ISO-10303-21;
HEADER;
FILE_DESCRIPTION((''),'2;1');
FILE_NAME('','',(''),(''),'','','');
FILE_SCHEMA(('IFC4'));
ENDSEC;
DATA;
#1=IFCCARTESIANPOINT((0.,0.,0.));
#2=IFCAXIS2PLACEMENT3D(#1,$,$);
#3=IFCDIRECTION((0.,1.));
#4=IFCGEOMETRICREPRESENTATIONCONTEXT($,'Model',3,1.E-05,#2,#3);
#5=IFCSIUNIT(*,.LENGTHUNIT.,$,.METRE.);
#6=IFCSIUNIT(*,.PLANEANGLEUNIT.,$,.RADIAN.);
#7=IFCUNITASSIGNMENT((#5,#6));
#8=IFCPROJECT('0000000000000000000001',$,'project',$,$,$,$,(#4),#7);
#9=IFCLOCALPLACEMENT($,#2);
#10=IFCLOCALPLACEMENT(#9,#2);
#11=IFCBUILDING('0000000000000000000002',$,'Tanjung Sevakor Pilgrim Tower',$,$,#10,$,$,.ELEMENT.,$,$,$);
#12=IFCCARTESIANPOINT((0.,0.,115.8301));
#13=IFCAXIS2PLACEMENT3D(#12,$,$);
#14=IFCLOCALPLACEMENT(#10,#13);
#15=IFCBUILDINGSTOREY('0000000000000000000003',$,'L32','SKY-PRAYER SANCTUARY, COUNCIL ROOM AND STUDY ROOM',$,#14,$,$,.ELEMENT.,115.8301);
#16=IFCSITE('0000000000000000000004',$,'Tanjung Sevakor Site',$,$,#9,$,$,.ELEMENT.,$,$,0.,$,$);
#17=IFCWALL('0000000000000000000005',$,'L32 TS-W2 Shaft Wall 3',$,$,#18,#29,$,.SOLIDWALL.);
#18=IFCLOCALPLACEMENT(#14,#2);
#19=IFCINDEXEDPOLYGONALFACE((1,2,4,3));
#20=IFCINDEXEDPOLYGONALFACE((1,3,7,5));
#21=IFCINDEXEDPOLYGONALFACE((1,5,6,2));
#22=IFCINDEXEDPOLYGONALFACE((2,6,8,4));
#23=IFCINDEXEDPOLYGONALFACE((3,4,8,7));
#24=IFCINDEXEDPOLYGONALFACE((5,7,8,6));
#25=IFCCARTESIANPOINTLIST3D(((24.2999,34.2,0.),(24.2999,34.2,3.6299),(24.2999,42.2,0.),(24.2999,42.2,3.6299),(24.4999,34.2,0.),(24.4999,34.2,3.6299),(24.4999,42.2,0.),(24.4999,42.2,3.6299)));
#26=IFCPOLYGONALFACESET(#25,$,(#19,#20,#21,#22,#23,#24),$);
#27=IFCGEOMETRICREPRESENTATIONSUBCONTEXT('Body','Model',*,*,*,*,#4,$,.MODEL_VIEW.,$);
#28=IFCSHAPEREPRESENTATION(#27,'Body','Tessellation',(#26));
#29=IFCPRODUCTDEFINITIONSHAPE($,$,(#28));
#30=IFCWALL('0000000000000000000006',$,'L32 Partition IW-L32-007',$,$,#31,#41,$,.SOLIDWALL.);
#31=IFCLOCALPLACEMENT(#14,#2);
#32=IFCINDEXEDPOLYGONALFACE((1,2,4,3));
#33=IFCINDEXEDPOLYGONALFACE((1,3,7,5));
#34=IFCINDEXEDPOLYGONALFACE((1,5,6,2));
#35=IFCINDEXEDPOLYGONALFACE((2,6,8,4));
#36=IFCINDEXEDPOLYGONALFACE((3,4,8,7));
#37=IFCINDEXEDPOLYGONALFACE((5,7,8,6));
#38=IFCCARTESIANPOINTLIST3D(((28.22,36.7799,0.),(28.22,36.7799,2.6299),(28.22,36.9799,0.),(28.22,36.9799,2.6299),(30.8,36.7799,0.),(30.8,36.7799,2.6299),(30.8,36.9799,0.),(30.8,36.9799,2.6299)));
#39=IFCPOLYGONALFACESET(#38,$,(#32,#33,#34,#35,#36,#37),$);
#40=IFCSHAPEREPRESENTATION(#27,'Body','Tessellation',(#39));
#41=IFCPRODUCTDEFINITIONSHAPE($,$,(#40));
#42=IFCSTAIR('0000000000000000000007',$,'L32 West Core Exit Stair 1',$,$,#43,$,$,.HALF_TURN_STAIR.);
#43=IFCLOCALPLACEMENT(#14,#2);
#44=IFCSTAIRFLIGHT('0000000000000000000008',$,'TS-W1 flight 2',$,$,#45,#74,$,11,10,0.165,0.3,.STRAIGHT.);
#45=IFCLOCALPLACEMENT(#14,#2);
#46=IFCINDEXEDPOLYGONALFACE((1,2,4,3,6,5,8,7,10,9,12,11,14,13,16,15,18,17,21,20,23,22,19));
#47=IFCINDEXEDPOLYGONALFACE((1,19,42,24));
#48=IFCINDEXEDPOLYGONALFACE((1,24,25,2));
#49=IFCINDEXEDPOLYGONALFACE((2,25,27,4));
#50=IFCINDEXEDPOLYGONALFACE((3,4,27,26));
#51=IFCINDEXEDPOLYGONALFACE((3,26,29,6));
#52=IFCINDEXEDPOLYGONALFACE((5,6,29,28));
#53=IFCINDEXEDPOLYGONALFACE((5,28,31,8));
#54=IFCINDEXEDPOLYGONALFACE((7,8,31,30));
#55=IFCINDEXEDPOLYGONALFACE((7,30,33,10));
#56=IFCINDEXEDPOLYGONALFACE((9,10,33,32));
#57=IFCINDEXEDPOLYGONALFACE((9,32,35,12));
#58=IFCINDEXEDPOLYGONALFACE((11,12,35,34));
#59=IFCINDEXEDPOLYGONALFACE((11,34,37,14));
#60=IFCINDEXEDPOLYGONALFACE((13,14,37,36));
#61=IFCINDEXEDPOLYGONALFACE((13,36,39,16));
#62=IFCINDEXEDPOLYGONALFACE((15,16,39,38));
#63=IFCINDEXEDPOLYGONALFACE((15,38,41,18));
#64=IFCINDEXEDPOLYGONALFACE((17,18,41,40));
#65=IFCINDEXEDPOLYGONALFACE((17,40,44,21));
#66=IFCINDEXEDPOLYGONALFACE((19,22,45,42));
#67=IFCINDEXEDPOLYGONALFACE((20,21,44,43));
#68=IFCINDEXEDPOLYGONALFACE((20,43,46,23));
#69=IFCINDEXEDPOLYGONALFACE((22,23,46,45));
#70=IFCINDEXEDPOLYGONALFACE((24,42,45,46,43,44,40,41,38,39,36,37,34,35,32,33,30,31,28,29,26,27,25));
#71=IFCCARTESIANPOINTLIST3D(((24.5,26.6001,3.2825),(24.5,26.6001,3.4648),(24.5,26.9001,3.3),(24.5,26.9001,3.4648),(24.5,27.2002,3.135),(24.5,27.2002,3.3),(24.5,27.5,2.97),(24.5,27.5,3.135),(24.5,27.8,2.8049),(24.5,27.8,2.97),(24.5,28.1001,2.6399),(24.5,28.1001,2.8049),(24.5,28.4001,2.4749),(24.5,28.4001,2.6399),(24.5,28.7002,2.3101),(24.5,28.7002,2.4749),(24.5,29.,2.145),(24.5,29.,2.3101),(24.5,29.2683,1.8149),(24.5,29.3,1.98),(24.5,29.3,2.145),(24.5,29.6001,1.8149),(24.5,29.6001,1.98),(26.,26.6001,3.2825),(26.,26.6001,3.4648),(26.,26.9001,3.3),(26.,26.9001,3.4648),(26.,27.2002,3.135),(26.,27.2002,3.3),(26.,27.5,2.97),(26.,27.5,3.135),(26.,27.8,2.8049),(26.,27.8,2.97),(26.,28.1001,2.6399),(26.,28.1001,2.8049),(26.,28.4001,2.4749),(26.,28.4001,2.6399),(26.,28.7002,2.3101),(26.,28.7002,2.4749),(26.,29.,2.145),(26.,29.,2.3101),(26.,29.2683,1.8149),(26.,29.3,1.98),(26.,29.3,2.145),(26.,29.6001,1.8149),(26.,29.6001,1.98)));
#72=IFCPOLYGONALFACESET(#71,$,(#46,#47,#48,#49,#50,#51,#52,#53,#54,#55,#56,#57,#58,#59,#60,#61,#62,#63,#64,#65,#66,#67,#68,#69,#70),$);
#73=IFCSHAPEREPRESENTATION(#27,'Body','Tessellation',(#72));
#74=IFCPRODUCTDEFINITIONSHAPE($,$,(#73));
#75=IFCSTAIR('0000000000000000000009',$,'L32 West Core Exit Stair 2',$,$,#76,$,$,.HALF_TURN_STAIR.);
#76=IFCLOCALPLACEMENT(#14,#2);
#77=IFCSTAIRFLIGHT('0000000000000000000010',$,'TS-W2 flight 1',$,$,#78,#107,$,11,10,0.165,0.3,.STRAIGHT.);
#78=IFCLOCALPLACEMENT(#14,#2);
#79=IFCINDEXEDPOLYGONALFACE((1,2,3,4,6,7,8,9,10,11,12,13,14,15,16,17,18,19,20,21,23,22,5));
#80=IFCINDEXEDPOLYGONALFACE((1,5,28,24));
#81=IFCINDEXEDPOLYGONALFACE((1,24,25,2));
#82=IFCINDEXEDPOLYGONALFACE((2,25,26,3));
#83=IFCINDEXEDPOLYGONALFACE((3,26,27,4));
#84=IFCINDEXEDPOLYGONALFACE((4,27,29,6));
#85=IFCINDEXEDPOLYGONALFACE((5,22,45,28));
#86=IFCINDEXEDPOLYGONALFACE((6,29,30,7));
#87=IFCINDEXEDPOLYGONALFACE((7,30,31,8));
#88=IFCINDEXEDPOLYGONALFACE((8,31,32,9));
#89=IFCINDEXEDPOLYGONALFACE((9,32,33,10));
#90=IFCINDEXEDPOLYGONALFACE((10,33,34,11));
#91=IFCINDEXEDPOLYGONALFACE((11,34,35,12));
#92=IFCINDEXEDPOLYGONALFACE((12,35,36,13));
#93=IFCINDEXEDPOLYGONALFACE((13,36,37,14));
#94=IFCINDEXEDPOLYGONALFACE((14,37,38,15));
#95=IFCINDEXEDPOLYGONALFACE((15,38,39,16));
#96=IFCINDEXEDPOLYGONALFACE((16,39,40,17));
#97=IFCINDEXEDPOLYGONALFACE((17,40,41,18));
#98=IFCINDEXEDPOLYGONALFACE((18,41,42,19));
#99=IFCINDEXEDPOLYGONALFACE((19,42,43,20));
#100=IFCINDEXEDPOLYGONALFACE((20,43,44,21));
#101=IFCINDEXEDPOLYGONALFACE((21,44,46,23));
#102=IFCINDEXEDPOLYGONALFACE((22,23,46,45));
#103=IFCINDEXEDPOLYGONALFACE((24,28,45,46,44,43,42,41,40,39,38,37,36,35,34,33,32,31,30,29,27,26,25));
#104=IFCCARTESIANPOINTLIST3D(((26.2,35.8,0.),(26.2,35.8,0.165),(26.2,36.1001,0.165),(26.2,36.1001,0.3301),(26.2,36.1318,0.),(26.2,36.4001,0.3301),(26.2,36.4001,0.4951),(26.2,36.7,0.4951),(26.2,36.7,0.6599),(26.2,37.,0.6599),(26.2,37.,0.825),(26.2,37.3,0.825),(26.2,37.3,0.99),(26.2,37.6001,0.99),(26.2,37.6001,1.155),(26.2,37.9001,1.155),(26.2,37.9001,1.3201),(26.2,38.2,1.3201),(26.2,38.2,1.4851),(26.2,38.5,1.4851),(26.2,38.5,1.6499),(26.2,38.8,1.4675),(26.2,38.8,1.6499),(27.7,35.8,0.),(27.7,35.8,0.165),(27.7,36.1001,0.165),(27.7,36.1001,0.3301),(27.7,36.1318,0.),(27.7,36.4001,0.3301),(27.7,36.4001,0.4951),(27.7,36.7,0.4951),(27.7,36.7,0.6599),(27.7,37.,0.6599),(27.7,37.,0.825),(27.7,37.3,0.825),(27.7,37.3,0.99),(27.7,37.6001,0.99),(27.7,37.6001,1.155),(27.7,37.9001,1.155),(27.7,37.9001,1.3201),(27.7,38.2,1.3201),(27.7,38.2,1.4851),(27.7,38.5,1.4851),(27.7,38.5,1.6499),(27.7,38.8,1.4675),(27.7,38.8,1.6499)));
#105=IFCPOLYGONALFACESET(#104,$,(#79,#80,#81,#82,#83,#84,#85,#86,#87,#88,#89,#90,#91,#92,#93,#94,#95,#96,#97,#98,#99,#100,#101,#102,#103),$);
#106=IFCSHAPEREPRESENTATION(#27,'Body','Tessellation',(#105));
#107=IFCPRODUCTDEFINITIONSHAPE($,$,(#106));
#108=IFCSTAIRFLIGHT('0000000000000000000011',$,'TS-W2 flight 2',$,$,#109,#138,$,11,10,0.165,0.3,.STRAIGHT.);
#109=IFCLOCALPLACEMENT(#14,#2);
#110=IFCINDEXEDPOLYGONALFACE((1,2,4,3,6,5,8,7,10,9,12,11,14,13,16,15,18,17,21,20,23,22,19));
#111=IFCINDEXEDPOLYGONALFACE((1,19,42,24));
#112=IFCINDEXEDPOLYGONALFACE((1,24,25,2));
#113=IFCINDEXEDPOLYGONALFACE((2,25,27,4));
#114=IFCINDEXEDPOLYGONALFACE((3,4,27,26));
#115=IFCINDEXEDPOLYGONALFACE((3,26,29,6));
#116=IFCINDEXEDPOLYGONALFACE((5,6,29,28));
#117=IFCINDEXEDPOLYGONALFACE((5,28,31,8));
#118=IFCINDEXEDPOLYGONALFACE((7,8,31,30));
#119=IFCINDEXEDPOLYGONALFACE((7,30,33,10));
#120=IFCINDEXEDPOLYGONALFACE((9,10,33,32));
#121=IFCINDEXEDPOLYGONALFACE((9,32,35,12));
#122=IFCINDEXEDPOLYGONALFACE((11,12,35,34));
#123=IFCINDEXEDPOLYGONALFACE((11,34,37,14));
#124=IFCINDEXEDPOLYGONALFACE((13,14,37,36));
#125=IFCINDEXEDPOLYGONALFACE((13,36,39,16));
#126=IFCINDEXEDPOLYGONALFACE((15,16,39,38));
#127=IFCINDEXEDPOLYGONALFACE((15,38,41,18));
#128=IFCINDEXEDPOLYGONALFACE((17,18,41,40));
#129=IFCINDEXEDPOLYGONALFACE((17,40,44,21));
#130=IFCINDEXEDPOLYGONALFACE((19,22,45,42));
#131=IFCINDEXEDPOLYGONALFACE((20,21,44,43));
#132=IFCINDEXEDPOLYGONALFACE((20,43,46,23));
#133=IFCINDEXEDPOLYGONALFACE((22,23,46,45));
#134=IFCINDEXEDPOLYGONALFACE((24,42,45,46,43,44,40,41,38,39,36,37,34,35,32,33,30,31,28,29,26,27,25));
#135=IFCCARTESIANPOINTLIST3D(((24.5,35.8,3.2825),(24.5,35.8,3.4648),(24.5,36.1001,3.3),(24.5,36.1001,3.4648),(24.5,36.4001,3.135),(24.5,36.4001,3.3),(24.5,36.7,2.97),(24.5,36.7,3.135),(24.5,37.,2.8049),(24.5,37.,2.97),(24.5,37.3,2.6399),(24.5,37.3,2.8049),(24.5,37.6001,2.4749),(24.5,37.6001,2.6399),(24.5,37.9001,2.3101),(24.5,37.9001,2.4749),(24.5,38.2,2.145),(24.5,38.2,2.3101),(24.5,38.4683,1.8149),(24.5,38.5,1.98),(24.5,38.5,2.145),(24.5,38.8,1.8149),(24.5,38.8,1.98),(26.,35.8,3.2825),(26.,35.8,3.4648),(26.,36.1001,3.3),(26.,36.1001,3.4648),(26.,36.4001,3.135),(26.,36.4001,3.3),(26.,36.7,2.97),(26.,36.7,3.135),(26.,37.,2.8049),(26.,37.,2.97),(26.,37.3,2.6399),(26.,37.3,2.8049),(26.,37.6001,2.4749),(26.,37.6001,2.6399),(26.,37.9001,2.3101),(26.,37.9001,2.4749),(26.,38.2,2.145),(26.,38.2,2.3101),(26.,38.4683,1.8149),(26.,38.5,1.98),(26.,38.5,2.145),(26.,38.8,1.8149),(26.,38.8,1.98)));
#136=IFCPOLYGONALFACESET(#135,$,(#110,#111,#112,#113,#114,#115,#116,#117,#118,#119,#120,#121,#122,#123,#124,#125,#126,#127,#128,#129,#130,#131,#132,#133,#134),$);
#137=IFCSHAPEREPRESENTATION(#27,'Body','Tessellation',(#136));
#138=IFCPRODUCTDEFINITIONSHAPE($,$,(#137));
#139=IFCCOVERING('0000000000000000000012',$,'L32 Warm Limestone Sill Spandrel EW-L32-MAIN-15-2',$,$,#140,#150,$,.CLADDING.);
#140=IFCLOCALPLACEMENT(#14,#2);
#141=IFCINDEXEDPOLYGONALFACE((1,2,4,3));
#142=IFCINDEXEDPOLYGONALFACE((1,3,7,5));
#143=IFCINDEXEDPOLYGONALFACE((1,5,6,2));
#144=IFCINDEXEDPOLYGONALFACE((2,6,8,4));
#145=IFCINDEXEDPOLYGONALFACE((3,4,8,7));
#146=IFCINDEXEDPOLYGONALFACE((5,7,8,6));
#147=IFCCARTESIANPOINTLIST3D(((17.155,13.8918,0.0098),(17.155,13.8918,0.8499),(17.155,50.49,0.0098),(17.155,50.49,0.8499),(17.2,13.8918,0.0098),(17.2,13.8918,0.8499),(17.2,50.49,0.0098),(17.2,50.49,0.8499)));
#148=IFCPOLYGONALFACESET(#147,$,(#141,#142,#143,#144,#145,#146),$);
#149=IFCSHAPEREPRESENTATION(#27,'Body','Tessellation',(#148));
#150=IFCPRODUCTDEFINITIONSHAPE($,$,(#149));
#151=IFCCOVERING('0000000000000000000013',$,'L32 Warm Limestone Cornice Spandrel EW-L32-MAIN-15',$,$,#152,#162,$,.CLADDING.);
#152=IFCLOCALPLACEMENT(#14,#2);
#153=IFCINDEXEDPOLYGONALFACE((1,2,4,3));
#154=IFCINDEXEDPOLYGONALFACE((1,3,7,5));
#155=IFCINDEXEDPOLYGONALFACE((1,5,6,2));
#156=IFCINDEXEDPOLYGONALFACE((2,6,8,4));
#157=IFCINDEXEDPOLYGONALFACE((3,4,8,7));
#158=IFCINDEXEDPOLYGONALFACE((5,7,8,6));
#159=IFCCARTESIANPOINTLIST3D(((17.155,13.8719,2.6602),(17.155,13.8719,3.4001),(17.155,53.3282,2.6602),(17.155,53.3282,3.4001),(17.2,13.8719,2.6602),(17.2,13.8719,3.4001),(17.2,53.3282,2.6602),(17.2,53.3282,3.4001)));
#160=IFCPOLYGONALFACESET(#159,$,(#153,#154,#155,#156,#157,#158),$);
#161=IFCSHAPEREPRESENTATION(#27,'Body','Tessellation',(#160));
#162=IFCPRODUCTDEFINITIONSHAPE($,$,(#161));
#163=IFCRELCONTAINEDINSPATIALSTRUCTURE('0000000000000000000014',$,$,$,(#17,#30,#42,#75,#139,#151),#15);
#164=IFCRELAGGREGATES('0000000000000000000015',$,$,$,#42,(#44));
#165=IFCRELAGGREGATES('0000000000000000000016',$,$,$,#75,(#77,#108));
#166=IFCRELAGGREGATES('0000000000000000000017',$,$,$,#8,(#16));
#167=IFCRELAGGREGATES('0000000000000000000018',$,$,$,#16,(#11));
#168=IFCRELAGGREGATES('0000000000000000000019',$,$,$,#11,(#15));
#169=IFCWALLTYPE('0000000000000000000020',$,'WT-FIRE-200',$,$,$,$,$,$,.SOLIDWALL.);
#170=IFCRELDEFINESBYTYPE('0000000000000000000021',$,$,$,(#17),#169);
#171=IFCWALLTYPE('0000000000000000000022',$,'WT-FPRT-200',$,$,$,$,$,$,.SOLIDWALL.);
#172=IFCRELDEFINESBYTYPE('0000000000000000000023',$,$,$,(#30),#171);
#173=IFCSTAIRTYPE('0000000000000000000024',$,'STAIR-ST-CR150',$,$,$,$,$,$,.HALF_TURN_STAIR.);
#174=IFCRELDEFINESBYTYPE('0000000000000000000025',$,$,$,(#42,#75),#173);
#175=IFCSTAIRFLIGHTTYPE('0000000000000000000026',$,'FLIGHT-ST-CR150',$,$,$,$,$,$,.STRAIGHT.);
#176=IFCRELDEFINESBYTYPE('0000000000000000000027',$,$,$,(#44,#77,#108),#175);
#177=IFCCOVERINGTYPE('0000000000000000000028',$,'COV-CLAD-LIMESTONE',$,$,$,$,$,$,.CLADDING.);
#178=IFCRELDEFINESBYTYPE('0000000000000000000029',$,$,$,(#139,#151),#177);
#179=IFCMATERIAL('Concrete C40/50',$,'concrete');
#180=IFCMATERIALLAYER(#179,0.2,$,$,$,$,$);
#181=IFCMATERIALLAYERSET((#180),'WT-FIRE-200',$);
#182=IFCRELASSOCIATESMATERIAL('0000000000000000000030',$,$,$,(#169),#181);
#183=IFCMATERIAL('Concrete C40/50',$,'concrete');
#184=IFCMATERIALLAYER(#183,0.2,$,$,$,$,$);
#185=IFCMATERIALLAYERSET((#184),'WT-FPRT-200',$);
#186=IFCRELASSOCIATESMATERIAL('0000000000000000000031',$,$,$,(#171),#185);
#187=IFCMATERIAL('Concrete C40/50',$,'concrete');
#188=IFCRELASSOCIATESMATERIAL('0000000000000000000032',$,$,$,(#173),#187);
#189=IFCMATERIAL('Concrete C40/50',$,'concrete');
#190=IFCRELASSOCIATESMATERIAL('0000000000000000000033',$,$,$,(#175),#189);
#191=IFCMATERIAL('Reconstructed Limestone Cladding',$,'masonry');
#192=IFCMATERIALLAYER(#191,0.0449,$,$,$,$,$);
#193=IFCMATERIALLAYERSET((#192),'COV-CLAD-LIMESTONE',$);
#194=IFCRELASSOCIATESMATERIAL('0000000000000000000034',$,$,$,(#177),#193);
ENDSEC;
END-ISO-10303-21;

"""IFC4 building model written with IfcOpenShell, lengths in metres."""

from ifc_helpers import new_model, si_unit, direction, frame, frame_2d, origin, origin_2d, place, context, subcontext, project, spatial, polyline, rectangle, outline, extrude, material, layer, layer_set, type_object, element, aggregate, save


model = new_model("IFC4")

# Units and contexts
model_context = context("Model", 3, precision=1e-05, world=origin(), true_north=direction((0.0, 1.0)))
body_context = subcontext(model_context, "Body", "Model", "MODEL_VIEW")
ifc_project = project(units=[si_unit("LENGTHUNIT", "METRE"), si_unit("PLANEANGLEUNIT", "RADIAN")], contexts=[model_context])

# Site, building, storey
site_placement = place(None, origin())
site = spatial("IfcSite", under=ifc_project, at=site_placement, Name="Tanjung Sevakor Site", CompositionType="ELEMENT", RefElevation=0.0)
building_placement = place(site_placement, origin())
building = spatial("IfcBuilding", under=site, at=building_placement, Name="Tanjung Sevakor Pilgrim Tower", CompositionType="ELEMENT")
storey_placement = place(building_placement, frame((0.0, 0.0, 115.8301)))
storey = spatial("IfcBuildingStorey", under=building, at=storey_placement, Name="L32", Description="SKY-PRAYER SANCTUARY, COUNCIL ROOM AND STUDY ROOM", CompositionType="ELEMENT", Elevation=115.8301)

# Walls
ifc_material_1 = material(Name="Concrete C40/50", Category="concrete")
ifc_layer_1 = layer(ifc_material_1, 0.2)
ifc_layer_set_1 = layer_set([ifc_layer_1], Name="WT-FIRE-200")
wall_type_1 = type_object("IfcWallType", Name="WT-FIRE-200", PredefinedType="SOLIDWALL", material=ifc_layer_set_1)
wall_1_placement = place(storey_placement, frame((24.3999, 42.2, 0.0), z_axis=(0.0, 0.0, 1.0), x_axis=(0.0, -1.0, 0.0)))
element("IfcWall", 1, at=wall_1_placement, inside=storey, type_object=wall_type_1, Name="L32 TS-W2 Shaft Wall 3", PredefinedType="SOLIDWALL", context=body_context, shape_type="SweptSolid", body=[
    extrude(rectangle(XDim=8.0, YDim=0.2, at=frame_2d((4.0, 0.0))), origin(), (0.0, 0.0, 1.0), 3.6299),
])
ifc_material_2 = material(Name="Concrete C40/50", Category="concrete")
ifc_layer_2 = layer(ifc_material_2, 0.2)
ifc_layer_set_2 = layer_set([ifc_layer_2], Name="WT-FPRT-200")
wall_type_2 = type_object("IfcWallType", Name="WT-FPRT-200", PredefinedType="SOLIDWALL", material=ifc_layer_set_2)
wall_2_placement = place(storey_placement, frame((28.22, 36.8799, 0.0), z_axis=(0.0, 0.0, 1.0), x_axis=(1.0, 0.0, 0.0)))
element("IfcWall", 2, at=wall_2_placement, inside=storey, type_object=wall_type_2, Name="L32 Partition IW-L32-007", PredefinedType="SOLIDWALL", context=body_context, shape_type="SweptSolid", body=[
    extrude(rectangle(XDim=2.5801, YDim=0.2, at=frame_2d((1.29, 0.0))), origin(), (0.0, 0.0, 1.0), 2.6299),
])

# Stair, stair flight
ifc_material_3 = material(Name="Concrete C40/50", Category="concrete")
stair_type = type_object("IfcStairType", Name="STAIR-ST-CR150", PredefinedType="HALF_TURN_STAIR", material=ifc_material_3)
stair_1_placement = place(storey_placement, origin())
stair_1 = element("IfcStair", 3, at=stair_1_placement, inside=storey, type_object=stair_type, Name="L32 West Core Exit Stair 1", PredefinedType="HALF_TURN_STAIR")
ifc_material_4 = material(Name="Concrete C40/50", Category="concrete")
stair_flight_type = type_object("IfcStairFlightType", Name="FLIGHT-ST-CR150", PredefinedType="STRAIGHT", material=ifc_material_4)
stair_flight_1_placement = place(storey_placement, frame((25.25, 29.6001, 1.8149), z_axis=(0.0, 0.0, 1.0), x_axis=(0.0, -1.0, 0.0)))
stair_flight_1 = element("IfcStairFlight", 4, at=stair_flight_1_placement, type_object=stair_flight_type, Name="TS-W1 flight 2", NumberOfRisers=11, NumberOfTreads=10, PredefinedType="STRAIGHT", RiserHeight=0.165, TreadLength=0.3, context=body_context, shape_type="SweptSolid", body=[
    extrude(outline(polyline([(0.0, 0.0), (0.0, 0.165), (0.3, 0.165), (0.3, 0.3301), (0.6001, 0.3301), (0.6001, 0.4951), (0.8999, 0.4951), (0.8999, 0.6599), (1.2, 0.6599), (1.2, 0.825), (1.5, 0.825), (1.5, 0.99), (1.8, 0.99), (1.8, 1.155), (2.1001, 1.155), (2.1001, 1.3201), (2.3999, 1.3201), (2.3999, 1.4851), (2.7, 1.4851), (2.7, 1.6499), (3.0, 1.6499), (3.0, 1.8149), (3.0, 1.4675), (0.3318, 0.0), (0.0, 0.0)])), frame((0.0, 0.75, 0.0), z_axis=(0.0, -1.0, 0.0), x_axis=(1.0, 0.0, 0.0)), (0.0, 0.0, 1.0), 1.5),
])
aggregate(stair_1, [stair_flight_1])

# Stair, stair flights
stair_2_placement = place(storey_placement, origin())
stair_2 = element("IfcStair", 5, at=stair_2_placement, inside=storey, type_object=stair_type, Name="L32 West Core Exit Stair 2", PredefinedType="HALF_TURN_STAIR")
stair_flight_2_placement = place(storey_placement, frame((26.95, 35.8, 0.0), z_axis=(0.0, 0.0, 1.0), x_axis=(0.0, 1.0, 0.0)))
stair_flight_2 = element("IfcStairFlight", 6, at=stair_flight_2_placement, type_object=stair_flight_type, Name="TS-W2 flight 1", NumberOfRisers=11, NumberOfTreads=10, PredefinedType="STRAIGHT", RiserHeight=0.165, TreadLength=0.3, context=body_context, shape_type="SweptSolid", body=[
    extrude(outline(polyline([(0.0, 0.0), (0.0, 0.165), (0.3, 0.165), (0.3, 0.3301), (0.6001, 0.3301), (0.6001, 0.4951), (0.8999, 0.4951), (0.8999, 0.6599), (1.2, 0.6599), (1.2, 0.825), (1.5, 0.825), (1.5, 0.99), (1.8, 0.99), (1.8, 1.155), (2.1001, 1.155), (2.1001, 1.3201), (2.3999, 1.3201), (2.3999, 1.4851), (2.7, 1.4851), (2.7, 1.6499), (3.0, 1.6499), (3.0, 1.8149), (3.0, 1.4675), (0.3318, 0.0), (0.0, 0.0)])), frame((0.0, 0.75, 0.0), z_axis=(0.0, -1.0, 0.0), x_axis=(1.0, 0.0, 0.0)), (0.0, 0.0, 1.0), 1.5),
])
stair_flight_3_placement = place(storey_placement, frame((25.25, 38.8, 1.8149), z_axis=(0.0, 0.0, 1.0), x_axis=(0.0, -1.0, 0.0)))
stair_flight_3 = element("IfcStairFlight", 7, at=stair_flight_3_placement, type_object=stair_flight_type, Name="TS-W2 flight 2", NumberOfRisers=11, NumberOfTreads=10, PredefinedType="STRAIGHT", RiserHeight=0.165, TreadLength=0.3, context=body_context, shape_type="SweptSolid", body=[
    extrude(outline(polyline([(0.0, 0.0), (0.0, 0.165), (0.3, 0.165), (0.3, 0.3301), (0.6001, 0.3301), (0.6001, 0.4951), (0.8999, 0.4951), (0.8999, 0.6599), (1.2, 0.6599), (1.2, 0.825), (1.5, 0.825), (1.5, 0.99), (1.8, 0.99), (1.8, 1.155), (2.1001, 1.155), (2.1001, 1.3201), (2.3999, 1.3201), (2.3999, 1.4851), (2.7, 1.4851), (2.7, 1.6499), (3.0, 1.6499), (3.0, 1.8149), (3.0, 1.4675), (0.3318, 0.0), (0.0, 0.0)])), frame((0.0, 0.75, 0.0), z_axis=(0.0, -1.0, 0.0), x_axis=(1.0, 0.0, 0.0)), (0.0, 0.0, 1.0), 1.5),
])
aggregate(stair_2, [stair_flight_2, stair_flight_3])

# Coverings
ifc_material_5 = material(Name="Reconstructed Limestone Cladding", Category="masonry")
ifc_layer_3 = layer(ifc_material_5, 0.0449)
ifc_layer_set_3 = layer_set([ifc_layer_3], Name="COV-CLAD-LIMESTONE")
covering_type = type_object("IfcCoveringType", Name="COV-CLAD-LIMESTONE", PredefinedType="CLADDING", material=ifc_layer_set_3)
covering_1_placement = place(storey_placement, frame((17.1775, 32.1909, 0.0098), z_axis=(0.0, 0.0, 1.0), x_axis=(0.0, -1.0, 0.0)))
element("IfcCovering", 8, at=covering_1_placement, inside=storey, type_object=covering_type, Name="L32 Warm Limestone Sill Spandrel EW-L32-MAIN-15-2", PredefinedType="CLADDING", context=body_context, shape_type="SweptSolid", body=[
    extrude(rectangle(XDim=36.5981, YDim=0.0449, at=origin_2d()), origin(), (0.0, 0.0, 1.0), 0.8401),
])
covering_2_placement = place(storey_placement, frame((17.1775, 33.6001, 2.6602), z_axis=(0.0, 0.0, 1.0), x_axis=(0.0, -1.0, 0.0)))
element("IfcCovering", 9, at=covering_2_placement, inside=storey, type_object=covering_type, Name="L32 Warm Limestone Cornice Spandrel EW-L32-MAIN-15", PredefinedType="CLADDING", context=body_context, shape_type="SweptSolid", body=[
    extrude(rectangle(XDim=39.4563, YDim=0.0449, at=origin_2d()), origin(), (0.0, 0.0, 1.0), 0.74),
])

save(model, "model.ifc")
